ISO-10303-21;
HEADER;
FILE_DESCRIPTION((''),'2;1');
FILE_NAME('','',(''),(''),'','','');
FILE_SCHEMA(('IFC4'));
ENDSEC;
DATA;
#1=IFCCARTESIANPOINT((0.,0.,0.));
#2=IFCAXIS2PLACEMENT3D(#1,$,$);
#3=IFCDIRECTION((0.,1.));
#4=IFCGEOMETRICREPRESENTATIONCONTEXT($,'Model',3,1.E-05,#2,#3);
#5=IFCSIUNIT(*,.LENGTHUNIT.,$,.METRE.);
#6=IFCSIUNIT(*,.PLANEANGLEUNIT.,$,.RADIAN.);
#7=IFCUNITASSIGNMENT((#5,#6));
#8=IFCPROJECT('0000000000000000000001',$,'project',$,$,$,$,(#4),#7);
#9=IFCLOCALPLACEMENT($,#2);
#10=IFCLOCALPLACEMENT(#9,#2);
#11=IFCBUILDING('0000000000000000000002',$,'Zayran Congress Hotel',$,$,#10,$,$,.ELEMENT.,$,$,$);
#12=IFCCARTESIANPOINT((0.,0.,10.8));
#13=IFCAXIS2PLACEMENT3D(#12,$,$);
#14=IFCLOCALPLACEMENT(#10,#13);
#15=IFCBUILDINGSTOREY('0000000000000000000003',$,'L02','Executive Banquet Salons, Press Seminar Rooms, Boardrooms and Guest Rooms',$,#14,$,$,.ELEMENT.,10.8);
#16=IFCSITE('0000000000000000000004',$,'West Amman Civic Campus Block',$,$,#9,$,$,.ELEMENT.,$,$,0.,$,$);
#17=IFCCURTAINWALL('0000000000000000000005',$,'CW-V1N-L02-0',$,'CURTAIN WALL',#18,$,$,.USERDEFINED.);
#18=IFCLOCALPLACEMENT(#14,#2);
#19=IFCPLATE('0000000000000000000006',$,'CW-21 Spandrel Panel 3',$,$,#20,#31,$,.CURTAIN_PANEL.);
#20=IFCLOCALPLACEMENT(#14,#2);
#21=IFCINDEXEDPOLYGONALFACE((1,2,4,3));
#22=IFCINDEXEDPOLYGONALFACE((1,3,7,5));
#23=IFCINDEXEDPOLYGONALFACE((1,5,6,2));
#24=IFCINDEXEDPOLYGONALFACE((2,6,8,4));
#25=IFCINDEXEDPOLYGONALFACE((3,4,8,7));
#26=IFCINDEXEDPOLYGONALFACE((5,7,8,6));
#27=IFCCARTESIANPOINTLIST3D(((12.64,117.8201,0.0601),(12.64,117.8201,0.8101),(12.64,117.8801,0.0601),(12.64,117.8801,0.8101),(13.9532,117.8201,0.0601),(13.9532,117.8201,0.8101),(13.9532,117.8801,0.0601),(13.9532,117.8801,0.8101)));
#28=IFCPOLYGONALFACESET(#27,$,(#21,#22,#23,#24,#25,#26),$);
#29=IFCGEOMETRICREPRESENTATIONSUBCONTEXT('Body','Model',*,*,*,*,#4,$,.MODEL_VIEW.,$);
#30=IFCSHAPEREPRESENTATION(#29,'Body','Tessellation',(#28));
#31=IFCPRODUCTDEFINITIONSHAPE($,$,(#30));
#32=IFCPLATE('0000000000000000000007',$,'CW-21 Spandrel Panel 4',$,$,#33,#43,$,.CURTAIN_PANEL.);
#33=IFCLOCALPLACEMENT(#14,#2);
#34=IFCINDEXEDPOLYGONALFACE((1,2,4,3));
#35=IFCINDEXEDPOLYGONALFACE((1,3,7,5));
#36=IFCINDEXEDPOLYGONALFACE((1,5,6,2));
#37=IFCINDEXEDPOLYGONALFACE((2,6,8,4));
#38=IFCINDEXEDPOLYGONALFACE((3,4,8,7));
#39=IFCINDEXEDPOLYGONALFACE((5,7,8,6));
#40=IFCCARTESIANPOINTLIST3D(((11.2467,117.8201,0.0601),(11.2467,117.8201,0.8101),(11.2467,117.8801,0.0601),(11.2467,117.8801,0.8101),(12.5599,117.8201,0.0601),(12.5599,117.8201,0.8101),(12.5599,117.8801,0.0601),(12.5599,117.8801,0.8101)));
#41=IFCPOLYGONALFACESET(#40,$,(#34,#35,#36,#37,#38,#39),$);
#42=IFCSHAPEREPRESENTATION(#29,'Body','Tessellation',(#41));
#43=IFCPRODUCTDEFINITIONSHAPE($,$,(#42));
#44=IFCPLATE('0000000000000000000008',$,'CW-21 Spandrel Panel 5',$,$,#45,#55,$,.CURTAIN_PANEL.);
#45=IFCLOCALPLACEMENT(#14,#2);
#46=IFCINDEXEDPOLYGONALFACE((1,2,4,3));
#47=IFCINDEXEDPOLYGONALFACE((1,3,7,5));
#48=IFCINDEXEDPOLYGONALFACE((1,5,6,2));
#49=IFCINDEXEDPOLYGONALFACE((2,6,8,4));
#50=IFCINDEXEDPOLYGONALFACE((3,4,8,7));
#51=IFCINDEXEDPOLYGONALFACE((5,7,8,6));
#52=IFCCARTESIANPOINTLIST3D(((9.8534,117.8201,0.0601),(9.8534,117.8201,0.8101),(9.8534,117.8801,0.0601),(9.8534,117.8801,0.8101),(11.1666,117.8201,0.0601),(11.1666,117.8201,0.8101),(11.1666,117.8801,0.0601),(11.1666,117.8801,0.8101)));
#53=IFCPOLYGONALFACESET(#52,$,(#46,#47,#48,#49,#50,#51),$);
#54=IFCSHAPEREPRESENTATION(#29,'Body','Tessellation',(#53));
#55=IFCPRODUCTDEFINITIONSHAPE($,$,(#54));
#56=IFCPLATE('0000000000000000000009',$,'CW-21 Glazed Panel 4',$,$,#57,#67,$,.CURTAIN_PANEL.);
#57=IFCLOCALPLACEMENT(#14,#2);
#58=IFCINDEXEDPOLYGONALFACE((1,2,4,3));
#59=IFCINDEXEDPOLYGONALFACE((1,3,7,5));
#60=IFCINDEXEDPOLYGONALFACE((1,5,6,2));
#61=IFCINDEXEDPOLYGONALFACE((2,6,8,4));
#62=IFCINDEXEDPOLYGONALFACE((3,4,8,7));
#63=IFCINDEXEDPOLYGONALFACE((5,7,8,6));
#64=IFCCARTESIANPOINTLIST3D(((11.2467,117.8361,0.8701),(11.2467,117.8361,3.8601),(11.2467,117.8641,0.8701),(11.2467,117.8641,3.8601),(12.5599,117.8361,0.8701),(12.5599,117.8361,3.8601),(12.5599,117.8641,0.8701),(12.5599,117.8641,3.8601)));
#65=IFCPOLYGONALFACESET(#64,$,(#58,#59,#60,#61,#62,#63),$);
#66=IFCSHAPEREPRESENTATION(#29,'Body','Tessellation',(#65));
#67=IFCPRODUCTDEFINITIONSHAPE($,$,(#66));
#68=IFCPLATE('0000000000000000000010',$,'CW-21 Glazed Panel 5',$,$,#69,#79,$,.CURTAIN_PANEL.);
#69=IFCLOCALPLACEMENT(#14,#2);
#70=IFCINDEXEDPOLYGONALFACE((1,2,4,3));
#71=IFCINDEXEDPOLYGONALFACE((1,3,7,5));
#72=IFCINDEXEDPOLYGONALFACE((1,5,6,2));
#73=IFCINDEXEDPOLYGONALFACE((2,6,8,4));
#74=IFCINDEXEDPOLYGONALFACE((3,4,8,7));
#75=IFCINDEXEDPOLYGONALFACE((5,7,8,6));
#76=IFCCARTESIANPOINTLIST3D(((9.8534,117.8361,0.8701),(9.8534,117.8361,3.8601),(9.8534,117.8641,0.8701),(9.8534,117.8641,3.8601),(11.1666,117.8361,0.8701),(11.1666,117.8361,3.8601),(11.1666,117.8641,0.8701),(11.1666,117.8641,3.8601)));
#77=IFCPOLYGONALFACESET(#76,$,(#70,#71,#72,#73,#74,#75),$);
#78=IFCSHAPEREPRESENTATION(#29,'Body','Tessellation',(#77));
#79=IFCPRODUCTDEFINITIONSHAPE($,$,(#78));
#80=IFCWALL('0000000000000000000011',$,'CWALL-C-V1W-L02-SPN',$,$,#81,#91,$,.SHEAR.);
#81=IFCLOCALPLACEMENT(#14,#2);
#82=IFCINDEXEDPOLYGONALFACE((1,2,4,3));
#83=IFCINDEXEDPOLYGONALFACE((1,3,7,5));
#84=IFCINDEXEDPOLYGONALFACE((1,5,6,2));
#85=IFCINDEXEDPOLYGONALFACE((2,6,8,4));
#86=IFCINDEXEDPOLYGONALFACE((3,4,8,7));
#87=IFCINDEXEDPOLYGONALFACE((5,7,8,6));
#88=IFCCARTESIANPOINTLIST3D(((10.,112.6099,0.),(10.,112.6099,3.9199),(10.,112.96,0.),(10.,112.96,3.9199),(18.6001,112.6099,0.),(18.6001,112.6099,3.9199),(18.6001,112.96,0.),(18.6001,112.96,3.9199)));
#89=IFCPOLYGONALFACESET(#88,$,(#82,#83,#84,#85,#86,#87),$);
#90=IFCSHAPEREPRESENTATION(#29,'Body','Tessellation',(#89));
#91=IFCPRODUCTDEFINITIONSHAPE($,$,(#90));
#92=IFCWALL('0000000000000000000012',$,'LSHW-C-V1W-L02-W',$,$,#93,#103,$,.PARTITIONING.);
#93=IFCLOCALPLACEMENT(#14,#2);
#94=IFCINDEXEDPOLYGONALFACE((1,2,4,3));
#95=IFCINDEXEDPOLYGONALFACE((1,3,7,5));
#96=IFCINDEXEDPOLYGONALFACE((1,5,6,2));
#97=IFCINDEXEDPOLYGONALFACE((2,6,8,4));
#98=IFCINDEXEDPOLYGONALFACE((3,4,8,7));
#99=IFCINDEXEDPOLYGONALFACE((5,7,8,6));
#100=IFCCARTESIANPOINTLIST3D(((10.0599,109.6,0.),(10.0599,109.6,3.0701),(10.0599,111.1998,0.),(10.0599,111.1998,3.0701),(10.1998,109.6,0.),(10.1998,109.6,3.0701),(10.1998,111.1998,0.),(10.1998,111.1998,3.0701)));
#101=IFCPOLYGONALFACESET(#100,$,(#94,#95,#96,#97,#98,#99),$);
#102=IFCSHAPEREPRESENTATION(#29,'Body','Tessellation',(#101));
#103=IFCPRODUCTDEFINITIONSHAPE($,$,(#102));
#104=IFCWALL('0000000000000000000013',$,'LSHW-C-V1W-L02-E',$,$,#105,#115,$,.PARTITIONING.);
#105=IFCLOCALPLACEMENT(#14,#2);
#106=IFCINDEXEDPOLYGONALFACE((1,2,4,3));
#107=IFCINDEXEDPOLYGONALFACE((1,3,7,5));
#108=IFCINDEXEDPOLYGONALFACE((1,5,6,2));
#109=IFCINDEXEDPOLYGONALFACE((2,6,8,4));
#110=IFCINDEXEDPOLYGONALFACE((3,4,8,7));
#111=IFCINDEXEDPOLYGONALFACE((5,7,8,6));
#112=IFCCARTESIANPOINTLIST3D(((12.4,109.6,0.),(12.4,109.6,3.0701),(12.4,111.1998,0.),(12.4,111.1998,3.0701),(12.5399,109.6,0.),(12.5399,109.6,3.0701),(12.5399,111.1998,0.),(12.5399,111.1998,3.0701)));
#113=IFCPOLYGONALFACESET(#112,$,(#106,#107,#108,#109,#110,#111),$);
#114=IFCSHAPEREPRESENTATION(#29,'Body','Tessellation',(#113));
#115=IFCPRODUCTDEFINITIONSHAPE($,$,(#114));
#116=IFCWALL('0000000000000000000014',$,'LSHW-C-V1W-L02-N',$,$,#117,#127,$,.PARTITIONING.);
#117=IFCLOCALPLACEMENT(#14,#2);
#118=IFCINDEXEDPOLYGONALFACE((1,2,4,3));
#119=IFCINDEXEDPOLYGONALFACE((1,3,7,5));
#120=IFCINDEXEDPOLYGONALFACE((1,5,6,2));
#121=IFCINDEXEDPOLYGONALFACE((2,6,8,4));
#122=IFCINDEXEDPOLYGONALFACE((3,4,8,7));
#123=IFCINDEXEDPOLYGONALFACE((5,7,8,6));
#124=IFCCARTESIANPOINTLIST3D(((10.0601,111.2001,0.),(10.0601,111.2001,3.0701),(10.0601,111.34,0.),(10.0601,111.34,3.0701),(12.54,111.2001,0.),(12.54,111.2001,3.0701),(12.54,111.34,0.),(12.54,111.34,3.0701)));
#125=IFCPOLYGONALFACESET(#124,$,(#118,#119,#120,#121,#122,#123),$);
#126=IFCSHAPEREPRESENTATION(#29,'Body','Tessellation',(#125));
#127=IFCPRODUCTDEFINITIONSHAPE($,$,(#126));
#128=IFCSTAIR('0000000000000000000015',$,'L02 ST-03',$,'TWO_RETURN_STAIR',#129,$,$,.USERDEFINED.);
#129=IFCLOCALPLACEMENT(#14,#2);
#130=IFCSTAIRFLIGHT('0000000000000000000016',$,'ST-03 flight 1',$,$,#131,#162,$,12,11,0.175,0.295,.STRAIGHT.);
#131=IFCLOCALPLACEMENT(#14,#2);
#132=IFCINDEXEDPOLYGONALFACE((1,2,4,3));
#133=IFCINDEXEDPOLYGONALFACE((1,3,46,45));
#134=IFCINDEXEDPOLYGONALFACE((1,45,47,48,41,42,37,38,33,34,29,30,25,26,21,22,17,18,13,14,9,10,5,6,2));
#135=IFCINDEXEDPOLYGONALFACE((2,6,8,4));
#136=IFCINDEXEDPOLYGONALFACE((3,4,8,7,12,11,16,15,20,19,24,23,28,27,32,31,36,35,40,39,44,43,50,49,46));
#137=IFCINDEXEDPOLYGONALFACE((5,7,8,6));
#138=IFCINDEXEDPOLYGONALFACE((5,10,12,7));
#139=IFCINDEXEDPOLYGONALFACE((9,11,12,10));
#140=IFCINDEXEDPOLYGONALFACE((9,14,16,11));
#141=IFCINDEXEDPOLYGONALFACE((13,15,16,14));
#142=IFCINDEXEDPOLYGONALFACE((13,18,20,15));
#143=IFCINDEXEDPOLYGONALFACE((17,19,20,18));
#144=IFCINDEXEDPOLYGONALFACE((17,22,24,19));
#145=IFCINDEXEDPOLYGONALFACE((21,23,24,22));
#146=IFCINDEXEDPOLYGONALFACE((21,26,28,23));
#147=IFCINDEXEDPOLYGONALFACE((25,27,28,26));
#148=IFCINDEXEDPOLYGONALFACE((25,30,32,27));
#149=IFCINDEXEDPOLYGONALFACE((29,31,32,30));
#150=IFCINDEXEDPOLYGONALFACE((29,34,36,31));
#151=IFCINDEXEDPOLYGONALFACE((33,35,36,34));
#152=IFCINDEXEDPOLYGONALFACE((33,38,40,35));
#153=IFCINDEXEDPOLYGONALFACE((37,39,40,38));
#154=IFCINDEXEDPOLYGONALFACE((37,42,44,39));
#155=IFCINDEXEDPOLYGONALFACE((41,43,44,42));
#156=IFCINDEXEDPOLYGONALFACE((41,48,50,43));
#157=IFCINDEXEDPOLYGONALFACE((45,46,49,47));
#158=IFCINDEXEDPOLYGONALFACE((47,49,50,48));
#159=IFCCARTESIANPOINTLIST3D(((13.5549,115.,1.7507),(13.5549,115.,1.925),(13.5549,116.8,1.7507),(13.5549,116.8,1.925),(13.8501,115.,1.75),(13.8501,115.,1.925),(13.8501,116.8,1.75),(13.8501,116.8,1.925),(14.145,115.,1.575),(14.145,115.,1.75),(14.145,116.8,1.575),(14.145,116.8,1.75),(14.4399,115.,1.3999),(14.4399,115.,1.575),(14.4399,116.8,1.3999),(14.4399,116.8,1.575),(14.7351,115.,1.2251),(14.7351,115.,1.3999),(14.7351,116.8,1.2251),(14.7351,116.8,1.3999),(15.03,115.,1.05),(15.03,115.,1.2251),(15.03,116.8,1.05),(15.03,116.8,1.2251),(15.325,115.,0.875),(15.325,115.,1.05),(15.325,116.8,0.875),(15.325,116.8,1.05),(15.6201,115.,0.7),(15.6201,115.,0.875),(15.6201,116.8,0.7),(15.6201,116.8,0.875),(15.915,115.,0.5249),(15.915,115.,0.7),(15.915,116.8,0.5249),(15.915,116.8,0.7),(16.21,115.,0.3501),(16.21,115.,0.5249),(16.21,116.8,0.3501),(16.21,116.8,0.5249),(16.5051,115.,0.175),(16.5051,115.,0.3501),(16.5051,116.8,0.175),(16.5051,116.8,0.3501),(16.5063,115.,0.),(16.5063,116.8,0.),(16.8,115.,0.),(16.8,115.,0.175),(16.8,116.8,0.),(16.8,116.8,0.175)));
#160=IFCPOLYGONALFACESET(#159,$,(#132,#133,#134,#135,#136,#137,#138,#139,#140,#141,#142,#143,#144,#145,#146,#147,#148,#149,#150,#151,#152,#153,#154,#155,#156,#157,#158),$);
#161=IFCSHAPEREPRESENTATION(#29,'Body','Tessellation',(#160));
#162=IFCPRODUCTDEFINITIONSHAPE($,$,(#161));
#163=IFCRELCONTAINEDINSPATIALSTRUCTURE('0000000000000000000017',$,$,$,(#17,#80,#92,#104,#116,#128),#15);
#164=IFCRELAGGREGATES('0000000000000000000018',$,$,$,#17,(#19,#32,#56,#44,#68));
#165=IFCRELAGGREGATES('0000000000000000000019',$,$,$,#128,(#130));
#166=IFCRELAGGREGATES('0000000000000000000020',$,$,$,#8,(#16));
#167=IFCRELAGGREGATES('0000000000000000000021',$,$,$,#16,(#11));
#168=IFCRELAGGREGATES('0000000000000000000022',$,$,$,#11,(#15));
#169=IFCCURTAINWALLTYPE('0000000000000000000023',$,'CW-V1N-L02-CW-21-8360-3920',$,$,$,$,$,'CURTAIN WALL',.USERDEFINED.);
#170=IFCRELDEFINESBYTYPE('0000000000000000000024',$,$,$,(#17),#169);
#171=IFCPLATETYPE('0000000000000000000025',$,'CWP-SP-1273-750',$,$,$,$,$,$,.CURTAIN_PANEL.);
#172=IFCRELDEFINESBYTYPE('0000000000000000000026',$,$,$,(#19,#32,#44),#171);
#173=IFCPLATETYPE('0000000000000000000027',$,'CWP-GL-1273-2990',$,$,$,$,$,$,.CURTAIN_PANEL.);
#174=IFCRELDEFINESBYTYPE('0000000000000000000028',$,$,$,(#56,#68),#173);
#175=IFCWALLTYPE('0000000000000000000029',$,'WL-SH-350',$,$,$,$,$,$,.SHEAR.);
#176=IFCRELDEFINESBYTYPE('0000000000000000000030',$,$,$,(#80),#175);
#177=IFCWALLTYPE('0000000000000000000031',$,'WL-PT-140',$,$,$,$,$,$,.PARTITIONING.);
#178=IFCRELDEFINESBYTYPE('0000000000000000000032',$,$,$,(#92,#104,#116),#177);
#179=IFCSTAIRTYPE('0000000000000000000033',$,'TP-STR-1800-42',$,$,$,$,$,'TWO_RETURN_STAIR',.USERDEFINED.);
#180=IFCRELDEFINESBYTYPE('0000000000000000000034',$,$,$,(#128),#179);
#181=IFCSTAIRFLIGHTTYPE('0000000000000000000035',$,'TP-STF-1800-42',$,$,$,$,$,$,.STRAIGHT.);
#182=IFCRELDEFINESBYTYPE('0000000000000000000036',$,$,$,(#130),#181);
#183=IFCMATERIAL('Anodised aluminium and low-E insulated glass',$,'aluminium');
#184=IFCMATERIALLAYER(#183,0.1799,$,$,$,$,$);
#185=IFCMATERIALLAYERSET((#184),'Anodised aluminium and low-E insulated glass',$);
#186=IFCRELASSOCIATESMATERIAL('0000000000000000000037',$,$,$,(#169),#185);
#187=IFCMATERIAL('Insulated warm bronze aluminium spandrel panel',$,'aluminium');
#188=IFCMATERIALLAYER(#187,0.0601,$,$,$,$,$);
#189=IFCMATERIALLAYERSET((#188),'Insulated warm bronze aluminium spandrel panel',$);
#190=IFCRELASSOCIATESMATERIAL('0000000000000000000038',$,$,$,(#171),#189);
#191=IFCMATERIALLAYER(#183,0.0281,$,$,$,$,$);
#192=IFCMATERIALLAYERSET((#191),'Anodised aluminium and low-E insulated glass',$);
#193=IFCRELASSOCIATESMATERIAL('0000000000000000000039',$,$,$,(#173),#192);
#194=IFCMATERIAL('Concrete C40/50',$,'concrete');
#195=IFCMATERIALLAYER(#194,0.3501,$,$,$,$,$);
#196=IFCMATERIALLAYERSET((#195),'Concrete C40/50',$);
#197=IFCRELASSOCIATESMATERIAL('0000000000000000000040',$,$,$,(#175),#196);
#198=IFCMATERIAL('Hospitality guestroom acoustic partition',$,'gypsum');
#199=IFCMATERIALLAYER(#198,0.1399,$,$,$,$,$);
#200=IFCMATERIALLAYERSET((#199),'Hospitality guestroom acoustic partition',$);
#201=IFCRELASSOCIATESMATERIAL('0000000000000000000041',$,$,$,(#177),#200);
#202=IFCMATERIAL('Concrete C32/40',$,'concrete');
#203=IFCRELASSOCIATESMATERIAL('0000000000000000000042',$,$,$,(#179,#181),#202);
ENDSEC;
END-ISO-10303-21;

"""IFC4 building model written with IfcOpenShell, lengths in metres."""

from ifc_helpers import new_model, si_unit, direction, frame, frame_2d, origin, origin_2d, place, context, subcontext, project, spatial, polyline, rectangle, outline, extrude, material, layer, layer_set, type_object, element, aggregate, save


model = new_model("IFC4")

# Units and contexts
model_context = context("Model", 3, precision=1e-05, world=origin(), true_north=direction((0.0, 1.0)))
body_context = subcontext(model_context, "Body", "Model", "MODEL_VIEW")
ifc_project = project(units=[si_unit("LENGTHUNIT", "METRE"), si_unit("PLANEANGLEUNIT", "RADIAN")], contexts=[model_context])

# Site, building, storey
site_placement = place(None, origin())
site = spatial("IfcSite", under=ifc_project, at=site_placement, Name="West Amman Civic Campus Block", CompositionType="ELEMENT", RefElevation=0.0)
building_placement = place(site_placement, origin())
building = spatial("IfcBuilding", under=site, at=building_placement, Name="Zayran Congress Hotel", CompositionType="ELEMENT")
storey_placement = place(building_placement, frame((0.0, 0.0, 10.8)))
storey = spatial("IfcBuildingStorey", under=building, at=storey_placement, Name="L02", Description="Executive Banquet Salons, Press Seminar Rooms, Boardrooms and Guest Rooms", CompositionType="ELEMENT", Elevation=10.8)

# Curtain wall, plates
ifc_material_1 = material(Name="Anodised aluminium and low-E insulated glass", Category="aluminium")
ifc_layer_1 = layer(ifc_material_1, 0.1799)
ifc_layer_set_1 = layer_set([ifc_layer_1], Name="Anodised aluminium and low-E insulated glass")
curtain_wall_type = type_object("IfcCurtainWallType", Name="CW-V1N-L02-CW-21-8360-3920", ElementType="CURTAIN WALL", PredefinedType="USERDEFINED", material=ifc_layer_set_1)
curtain_wall_placement = place(storey_placement, origin())
curtain_wall = element("IfcCurtainWall", 1, at=curtain_wall_placement, inside=storey, type_object=curtain_wall_type, Name="CW-V1N-L02-0", ObjectType="CURTAIN WALL", PredefinedType="USERDEFINED")
ifc_material_2 = material(Name="Insulated warm bronze aluminium spandrel panel", Category="aluminium")
ifc_layer_2 = layer(ifc_material_2, 0.0601)
ifc_layer_set_2 = layer_set([ifc_layer_2], Name="Insulated warm bronze aluminium spandrel panel")
plate_type_1 = type_object("IfcPlateType", Name="CWP-SP-1273-750", PredefinedType="CURTAIN_PANEL", material=ifc_layer_set_2)
plate_1_placement = place(storey_placement, frame((13.2966, 117.8501, 0.0601), z_axis=(0.0, 0.0, 1.0), x_axis=(1.0, 0.0, 0.0)))
plate_1 = element("IfcPlate", 2, at=plate_1_placement, type_object=plate_type_1, Name="CW-21 Spandrel Panel 3", PredefinedType="CURTAIN_PANEL", context=body_context, shape_type="SweptSolid", body=[
    extrude(rectangle(XDim=1.3132, YDim=0.0601, at=origin_2d()), origin(), (0.0, 0.0, 1.0), 0.75),
])
plate_2_placement = place(storey_placement, frame((11.9033, 117.8501, 0.0601), z_axis=(0.0, 0.0, 1.0), x_axis=(1.0, 0.0, 0.0)))
plate_2 = element("IfcPlate", 3, at=plate_2_placement, type_object=plate_type_1, Name="CW-21 Spandrel Panel 4", PredefinedType="CURTAIN_PANEL", context=body_context, shape_type="SweptSolid", body=[
    extrude(rectangle(XDim=1.3132, YDim=0.0601, at=origin_2d()), origin(), (0.0, 0.0, 1.0), 0.75),
])
plate_3_placement = place(storey_placement, frame((10.51, 117.8501, 0.0601), z_axis=(0.0, 0.0, 1.0), x_axis=(1.0, 0.0, 0.0)))
plate_3 = element("IfcPlate", 4, at=plate_3_placement, type_object=plate_type_1, Name="CW-21 Spandrel Panel 5", PredefinedType="CURTAIN_PANEL", context=body_context, shape_type="SweptSolid", body=[
    extrude(rectangle(XDim=1.3132, YDim=0.0601, at=origin_2d()), origin(), (0.0, 0.0, 1.0), 0.75),
])
ifc_layer_3 = layer(ifc_material_1, 0.0281)
ifc_layer_set_3 = layer_set([ifc_layer_3], Name="Anodised aluminium and low-E insulated glass")
plate_type_2 = type_object("IfcPlateType", Name="CWP-GL-1273-2990", PredefinedType="CURTAIN_PANEL", material=ifc_layer_set_3)
plate_4_placement = place(storey_placement, frame((11.9033, 117.8501, 0.8701), z_axis=(0.0, 0.0, 1.0), x_axis=(1.0, 0.0, 0.0)))
plate_4 = element("IfcPlate", 5, at=plate_4_placement, type_object=plate_type_2, Name="CW-21 Glazed Panel 4", PredefinedType="CURTAIN_PANEL", context=body_context, shape_type="SweptSolid", body=[
    extrude(rectangle(XDim=1.3132, YDim=0.0281, at=origin_2d()), origin(), (0.0, 0.0, 1.0), 2.99),
])
plate_5_placement = place(storey_placement, frame((10.51, 117.8501, 0.8701), z_axis=(0.0, 0.0, 1.0), x_axis=(1.0, 0.0, 0.0)))
plate_5 = element("IfcPlate", 6, at=plate_5_placement, type_object=plate_type_2, Name="CW-21 Glazed Panel 5", PredefinedType="CURTAIN_PANEL", context=body_context, shape_type="SweptSolid", body=[
    extrude(rectangle(XDim=1.3132, YDim=0.0281, at=origin_2d()), origin(), (0.0, 0.0, 1.0), 2.99),
])
aggregate(curtain_wall, [plate_1, plate_2, plate_4, plate_3, plate_5])

# Walls
ifc_material_3 = material(Name="Concrete C40/50", Category="concrete")
ifc_layer_4 = layer(ifc_material_3, 0.3501)
ifc_layer_set_4 = layer_set([ifc_layer_4], Name="Concrete C40/50")
wall_type_1 = type_object("IfcWallType", Name="WL-SH-350", PredefinedType="SHEAR", material=ifc_layer_set_4)
wall_1_placement = place(storey_placement, frame((10.0, 112.7849, 0.0), z_axis=(0.0, 0.0, 1.0), x_axis=(1.0, 0.0, 0.0)))
element("IfcWall", 7, at=wall_1_placement, inside=storey, type_object=wall_type_1, Name="CWALL-C-V1W-L02-SPN", PredefinedType="SHEAR", context=body_context, shape_type="SweptSolid", body=[
    extrude(rectangle(XDim=8.6001, YDim=0.3501, at=frame_2d((4.3, 0.0))), origin(), (0.0, 0.0, 1.0), 3.9199),
])
ifc_material_4 = material(Name="Hospitality guestroom acoustic partition", Category="gypsum")
ifc_layer_5 = layer(ifc_material_4, 0.1399)
ifc_layer_set_5 = layer_set([ifc_layer_5], Name="Hospitality guestroom acoustic partition")
wall_type_2 = type_object("IfcWallType", Name="WL-PT-140", PredefinedType="PARTITIONING", material=ifc_layer_set_5)
for number, where, z_axis, x_axis, name in (
    (8, (10.1299, 109.6001, 0.0), (0.0, 0.0, 1.0), (0.0, 1.0, 0.0), "LSHW-C-V1W-L02-W"),
    (9, (12.47, 109.6001, 0.0), (0.0, 0.0, 1.0), (0.0, 1.0, 0.0), "LSHW-C-V1W-L02-E"),
):
    element("IfcWall", number, at=place(storey_placement, frame(where, z_axis=z_axis, x_axis=x_axis)), inside=storey, type_object=wall_type_2, Name=name, PredefinedType="PARTITIONING", context=body_context, shape_type="SweptSolid", body=[
        extrude(rectangle(XDim=1.5999, YDim=0.1399, at=frame_2d((0.7998, 0.0))), origin(), (0.0, 0.0, 1.0), 3.0701),
    ])
wall_2_placement = place(storey_placement, frame((10.0601, 111.27, 0.0), z_axis=(0.0, 0.0, 1.0), x_axis=(1.0, 0.0, 0.0)))
element("IfcWall", 10, at=wall_2_placement, inside=storey, type_object=wall_type_2, Name="LSHW-C-V1W-L02-N", PredefinedType="PARTITIONING", context=body_context, shape_type="SweptSolid", body=[
    extrude(rectangle(XDim=2.48, YDim=0.1399, at=frame_2d((1.24, 0.0))), origin(), (0.0, 0.0, 1.0), 3.0701),
])

# Stair, stair flight
ifc_material_5 = material(Name="Concrete C32/40", Category="concrete")
stair_type = type_object("IfcStairType", Name="TP-STR-1800-42", ElementType="TWO_RETURN_STAIR", PredefinedType="USERDEFINED", material=ifc_material_5)
stair_placement = place(storey_placement, origin())
stair = element("IfcStair", 11, at=stair_placement, inside=storey, type_object=stair_type, Name="L02 ST-03", ObjectType="TWO_RETURN_STAIR", PredefinedType="USERDEFINED")
stair_flight_type = type_object("IfcStairFlightType", Name="TP-STF-1800-42", PredefinedType="STRAIGHT", material=ifc_material_5)
stair_flight_1_placement = place(storey_placement, frame((16.8, 115.8999, 0.0), z_axis=(0.0, 0.0, 1.0), x_axis=(-1.0, 0.0, 0.0)))
stair_flight_1 = element("IfcStairFlight", 12, at=stair_flight_1_placement, type_object=stair_flight_type, Name="ST-03 flight 1", NumberOfRisers=12, NumberOfTreads=11, PredefinedType="STRAIGHT", RiserHeight=0.175, TreadLength=0.295, context=body_context, shape_type="SweptSolid", body=[
    extrude(outline(polyline([(0.0, 0.0), (0.0, 0.175), (0.2949, 0.175), (0.2949, 0.3501), (0.5901, 0.3501), (0.5901, 0.5249), (0.885, 0.5249), (0.885, 0.7), (1.1799, 0.7), (1.1799, 0.875), (1.4751, 0.875), (1.4751, 1.05), (1.77, 1.05), (1.77, 1.2251), (2.0649, 1.2251), (2.0649, 1.3999), (2.3601, 1.3999), (2.3601, 1.575), (2.655, 1.575), (2.655, 1.75), (2.95, 1.75), (2.95, 1.925), (3.2451, 1.925), (3.2451, 2.1001), (3.2451, 1.7507), (0.2937, 0.0), (0.0, 0.0)])), frame((0.0, 0.8999, 0.0), z_axis=(0.0, -1.0, 0.0), x_axis=(1.0, 0.0, 0.0)), (0.0, 0.0, 1.0), 1.8),
])
aggregate(stair, [stair_flight_1])

save(model, "model.ifc")
